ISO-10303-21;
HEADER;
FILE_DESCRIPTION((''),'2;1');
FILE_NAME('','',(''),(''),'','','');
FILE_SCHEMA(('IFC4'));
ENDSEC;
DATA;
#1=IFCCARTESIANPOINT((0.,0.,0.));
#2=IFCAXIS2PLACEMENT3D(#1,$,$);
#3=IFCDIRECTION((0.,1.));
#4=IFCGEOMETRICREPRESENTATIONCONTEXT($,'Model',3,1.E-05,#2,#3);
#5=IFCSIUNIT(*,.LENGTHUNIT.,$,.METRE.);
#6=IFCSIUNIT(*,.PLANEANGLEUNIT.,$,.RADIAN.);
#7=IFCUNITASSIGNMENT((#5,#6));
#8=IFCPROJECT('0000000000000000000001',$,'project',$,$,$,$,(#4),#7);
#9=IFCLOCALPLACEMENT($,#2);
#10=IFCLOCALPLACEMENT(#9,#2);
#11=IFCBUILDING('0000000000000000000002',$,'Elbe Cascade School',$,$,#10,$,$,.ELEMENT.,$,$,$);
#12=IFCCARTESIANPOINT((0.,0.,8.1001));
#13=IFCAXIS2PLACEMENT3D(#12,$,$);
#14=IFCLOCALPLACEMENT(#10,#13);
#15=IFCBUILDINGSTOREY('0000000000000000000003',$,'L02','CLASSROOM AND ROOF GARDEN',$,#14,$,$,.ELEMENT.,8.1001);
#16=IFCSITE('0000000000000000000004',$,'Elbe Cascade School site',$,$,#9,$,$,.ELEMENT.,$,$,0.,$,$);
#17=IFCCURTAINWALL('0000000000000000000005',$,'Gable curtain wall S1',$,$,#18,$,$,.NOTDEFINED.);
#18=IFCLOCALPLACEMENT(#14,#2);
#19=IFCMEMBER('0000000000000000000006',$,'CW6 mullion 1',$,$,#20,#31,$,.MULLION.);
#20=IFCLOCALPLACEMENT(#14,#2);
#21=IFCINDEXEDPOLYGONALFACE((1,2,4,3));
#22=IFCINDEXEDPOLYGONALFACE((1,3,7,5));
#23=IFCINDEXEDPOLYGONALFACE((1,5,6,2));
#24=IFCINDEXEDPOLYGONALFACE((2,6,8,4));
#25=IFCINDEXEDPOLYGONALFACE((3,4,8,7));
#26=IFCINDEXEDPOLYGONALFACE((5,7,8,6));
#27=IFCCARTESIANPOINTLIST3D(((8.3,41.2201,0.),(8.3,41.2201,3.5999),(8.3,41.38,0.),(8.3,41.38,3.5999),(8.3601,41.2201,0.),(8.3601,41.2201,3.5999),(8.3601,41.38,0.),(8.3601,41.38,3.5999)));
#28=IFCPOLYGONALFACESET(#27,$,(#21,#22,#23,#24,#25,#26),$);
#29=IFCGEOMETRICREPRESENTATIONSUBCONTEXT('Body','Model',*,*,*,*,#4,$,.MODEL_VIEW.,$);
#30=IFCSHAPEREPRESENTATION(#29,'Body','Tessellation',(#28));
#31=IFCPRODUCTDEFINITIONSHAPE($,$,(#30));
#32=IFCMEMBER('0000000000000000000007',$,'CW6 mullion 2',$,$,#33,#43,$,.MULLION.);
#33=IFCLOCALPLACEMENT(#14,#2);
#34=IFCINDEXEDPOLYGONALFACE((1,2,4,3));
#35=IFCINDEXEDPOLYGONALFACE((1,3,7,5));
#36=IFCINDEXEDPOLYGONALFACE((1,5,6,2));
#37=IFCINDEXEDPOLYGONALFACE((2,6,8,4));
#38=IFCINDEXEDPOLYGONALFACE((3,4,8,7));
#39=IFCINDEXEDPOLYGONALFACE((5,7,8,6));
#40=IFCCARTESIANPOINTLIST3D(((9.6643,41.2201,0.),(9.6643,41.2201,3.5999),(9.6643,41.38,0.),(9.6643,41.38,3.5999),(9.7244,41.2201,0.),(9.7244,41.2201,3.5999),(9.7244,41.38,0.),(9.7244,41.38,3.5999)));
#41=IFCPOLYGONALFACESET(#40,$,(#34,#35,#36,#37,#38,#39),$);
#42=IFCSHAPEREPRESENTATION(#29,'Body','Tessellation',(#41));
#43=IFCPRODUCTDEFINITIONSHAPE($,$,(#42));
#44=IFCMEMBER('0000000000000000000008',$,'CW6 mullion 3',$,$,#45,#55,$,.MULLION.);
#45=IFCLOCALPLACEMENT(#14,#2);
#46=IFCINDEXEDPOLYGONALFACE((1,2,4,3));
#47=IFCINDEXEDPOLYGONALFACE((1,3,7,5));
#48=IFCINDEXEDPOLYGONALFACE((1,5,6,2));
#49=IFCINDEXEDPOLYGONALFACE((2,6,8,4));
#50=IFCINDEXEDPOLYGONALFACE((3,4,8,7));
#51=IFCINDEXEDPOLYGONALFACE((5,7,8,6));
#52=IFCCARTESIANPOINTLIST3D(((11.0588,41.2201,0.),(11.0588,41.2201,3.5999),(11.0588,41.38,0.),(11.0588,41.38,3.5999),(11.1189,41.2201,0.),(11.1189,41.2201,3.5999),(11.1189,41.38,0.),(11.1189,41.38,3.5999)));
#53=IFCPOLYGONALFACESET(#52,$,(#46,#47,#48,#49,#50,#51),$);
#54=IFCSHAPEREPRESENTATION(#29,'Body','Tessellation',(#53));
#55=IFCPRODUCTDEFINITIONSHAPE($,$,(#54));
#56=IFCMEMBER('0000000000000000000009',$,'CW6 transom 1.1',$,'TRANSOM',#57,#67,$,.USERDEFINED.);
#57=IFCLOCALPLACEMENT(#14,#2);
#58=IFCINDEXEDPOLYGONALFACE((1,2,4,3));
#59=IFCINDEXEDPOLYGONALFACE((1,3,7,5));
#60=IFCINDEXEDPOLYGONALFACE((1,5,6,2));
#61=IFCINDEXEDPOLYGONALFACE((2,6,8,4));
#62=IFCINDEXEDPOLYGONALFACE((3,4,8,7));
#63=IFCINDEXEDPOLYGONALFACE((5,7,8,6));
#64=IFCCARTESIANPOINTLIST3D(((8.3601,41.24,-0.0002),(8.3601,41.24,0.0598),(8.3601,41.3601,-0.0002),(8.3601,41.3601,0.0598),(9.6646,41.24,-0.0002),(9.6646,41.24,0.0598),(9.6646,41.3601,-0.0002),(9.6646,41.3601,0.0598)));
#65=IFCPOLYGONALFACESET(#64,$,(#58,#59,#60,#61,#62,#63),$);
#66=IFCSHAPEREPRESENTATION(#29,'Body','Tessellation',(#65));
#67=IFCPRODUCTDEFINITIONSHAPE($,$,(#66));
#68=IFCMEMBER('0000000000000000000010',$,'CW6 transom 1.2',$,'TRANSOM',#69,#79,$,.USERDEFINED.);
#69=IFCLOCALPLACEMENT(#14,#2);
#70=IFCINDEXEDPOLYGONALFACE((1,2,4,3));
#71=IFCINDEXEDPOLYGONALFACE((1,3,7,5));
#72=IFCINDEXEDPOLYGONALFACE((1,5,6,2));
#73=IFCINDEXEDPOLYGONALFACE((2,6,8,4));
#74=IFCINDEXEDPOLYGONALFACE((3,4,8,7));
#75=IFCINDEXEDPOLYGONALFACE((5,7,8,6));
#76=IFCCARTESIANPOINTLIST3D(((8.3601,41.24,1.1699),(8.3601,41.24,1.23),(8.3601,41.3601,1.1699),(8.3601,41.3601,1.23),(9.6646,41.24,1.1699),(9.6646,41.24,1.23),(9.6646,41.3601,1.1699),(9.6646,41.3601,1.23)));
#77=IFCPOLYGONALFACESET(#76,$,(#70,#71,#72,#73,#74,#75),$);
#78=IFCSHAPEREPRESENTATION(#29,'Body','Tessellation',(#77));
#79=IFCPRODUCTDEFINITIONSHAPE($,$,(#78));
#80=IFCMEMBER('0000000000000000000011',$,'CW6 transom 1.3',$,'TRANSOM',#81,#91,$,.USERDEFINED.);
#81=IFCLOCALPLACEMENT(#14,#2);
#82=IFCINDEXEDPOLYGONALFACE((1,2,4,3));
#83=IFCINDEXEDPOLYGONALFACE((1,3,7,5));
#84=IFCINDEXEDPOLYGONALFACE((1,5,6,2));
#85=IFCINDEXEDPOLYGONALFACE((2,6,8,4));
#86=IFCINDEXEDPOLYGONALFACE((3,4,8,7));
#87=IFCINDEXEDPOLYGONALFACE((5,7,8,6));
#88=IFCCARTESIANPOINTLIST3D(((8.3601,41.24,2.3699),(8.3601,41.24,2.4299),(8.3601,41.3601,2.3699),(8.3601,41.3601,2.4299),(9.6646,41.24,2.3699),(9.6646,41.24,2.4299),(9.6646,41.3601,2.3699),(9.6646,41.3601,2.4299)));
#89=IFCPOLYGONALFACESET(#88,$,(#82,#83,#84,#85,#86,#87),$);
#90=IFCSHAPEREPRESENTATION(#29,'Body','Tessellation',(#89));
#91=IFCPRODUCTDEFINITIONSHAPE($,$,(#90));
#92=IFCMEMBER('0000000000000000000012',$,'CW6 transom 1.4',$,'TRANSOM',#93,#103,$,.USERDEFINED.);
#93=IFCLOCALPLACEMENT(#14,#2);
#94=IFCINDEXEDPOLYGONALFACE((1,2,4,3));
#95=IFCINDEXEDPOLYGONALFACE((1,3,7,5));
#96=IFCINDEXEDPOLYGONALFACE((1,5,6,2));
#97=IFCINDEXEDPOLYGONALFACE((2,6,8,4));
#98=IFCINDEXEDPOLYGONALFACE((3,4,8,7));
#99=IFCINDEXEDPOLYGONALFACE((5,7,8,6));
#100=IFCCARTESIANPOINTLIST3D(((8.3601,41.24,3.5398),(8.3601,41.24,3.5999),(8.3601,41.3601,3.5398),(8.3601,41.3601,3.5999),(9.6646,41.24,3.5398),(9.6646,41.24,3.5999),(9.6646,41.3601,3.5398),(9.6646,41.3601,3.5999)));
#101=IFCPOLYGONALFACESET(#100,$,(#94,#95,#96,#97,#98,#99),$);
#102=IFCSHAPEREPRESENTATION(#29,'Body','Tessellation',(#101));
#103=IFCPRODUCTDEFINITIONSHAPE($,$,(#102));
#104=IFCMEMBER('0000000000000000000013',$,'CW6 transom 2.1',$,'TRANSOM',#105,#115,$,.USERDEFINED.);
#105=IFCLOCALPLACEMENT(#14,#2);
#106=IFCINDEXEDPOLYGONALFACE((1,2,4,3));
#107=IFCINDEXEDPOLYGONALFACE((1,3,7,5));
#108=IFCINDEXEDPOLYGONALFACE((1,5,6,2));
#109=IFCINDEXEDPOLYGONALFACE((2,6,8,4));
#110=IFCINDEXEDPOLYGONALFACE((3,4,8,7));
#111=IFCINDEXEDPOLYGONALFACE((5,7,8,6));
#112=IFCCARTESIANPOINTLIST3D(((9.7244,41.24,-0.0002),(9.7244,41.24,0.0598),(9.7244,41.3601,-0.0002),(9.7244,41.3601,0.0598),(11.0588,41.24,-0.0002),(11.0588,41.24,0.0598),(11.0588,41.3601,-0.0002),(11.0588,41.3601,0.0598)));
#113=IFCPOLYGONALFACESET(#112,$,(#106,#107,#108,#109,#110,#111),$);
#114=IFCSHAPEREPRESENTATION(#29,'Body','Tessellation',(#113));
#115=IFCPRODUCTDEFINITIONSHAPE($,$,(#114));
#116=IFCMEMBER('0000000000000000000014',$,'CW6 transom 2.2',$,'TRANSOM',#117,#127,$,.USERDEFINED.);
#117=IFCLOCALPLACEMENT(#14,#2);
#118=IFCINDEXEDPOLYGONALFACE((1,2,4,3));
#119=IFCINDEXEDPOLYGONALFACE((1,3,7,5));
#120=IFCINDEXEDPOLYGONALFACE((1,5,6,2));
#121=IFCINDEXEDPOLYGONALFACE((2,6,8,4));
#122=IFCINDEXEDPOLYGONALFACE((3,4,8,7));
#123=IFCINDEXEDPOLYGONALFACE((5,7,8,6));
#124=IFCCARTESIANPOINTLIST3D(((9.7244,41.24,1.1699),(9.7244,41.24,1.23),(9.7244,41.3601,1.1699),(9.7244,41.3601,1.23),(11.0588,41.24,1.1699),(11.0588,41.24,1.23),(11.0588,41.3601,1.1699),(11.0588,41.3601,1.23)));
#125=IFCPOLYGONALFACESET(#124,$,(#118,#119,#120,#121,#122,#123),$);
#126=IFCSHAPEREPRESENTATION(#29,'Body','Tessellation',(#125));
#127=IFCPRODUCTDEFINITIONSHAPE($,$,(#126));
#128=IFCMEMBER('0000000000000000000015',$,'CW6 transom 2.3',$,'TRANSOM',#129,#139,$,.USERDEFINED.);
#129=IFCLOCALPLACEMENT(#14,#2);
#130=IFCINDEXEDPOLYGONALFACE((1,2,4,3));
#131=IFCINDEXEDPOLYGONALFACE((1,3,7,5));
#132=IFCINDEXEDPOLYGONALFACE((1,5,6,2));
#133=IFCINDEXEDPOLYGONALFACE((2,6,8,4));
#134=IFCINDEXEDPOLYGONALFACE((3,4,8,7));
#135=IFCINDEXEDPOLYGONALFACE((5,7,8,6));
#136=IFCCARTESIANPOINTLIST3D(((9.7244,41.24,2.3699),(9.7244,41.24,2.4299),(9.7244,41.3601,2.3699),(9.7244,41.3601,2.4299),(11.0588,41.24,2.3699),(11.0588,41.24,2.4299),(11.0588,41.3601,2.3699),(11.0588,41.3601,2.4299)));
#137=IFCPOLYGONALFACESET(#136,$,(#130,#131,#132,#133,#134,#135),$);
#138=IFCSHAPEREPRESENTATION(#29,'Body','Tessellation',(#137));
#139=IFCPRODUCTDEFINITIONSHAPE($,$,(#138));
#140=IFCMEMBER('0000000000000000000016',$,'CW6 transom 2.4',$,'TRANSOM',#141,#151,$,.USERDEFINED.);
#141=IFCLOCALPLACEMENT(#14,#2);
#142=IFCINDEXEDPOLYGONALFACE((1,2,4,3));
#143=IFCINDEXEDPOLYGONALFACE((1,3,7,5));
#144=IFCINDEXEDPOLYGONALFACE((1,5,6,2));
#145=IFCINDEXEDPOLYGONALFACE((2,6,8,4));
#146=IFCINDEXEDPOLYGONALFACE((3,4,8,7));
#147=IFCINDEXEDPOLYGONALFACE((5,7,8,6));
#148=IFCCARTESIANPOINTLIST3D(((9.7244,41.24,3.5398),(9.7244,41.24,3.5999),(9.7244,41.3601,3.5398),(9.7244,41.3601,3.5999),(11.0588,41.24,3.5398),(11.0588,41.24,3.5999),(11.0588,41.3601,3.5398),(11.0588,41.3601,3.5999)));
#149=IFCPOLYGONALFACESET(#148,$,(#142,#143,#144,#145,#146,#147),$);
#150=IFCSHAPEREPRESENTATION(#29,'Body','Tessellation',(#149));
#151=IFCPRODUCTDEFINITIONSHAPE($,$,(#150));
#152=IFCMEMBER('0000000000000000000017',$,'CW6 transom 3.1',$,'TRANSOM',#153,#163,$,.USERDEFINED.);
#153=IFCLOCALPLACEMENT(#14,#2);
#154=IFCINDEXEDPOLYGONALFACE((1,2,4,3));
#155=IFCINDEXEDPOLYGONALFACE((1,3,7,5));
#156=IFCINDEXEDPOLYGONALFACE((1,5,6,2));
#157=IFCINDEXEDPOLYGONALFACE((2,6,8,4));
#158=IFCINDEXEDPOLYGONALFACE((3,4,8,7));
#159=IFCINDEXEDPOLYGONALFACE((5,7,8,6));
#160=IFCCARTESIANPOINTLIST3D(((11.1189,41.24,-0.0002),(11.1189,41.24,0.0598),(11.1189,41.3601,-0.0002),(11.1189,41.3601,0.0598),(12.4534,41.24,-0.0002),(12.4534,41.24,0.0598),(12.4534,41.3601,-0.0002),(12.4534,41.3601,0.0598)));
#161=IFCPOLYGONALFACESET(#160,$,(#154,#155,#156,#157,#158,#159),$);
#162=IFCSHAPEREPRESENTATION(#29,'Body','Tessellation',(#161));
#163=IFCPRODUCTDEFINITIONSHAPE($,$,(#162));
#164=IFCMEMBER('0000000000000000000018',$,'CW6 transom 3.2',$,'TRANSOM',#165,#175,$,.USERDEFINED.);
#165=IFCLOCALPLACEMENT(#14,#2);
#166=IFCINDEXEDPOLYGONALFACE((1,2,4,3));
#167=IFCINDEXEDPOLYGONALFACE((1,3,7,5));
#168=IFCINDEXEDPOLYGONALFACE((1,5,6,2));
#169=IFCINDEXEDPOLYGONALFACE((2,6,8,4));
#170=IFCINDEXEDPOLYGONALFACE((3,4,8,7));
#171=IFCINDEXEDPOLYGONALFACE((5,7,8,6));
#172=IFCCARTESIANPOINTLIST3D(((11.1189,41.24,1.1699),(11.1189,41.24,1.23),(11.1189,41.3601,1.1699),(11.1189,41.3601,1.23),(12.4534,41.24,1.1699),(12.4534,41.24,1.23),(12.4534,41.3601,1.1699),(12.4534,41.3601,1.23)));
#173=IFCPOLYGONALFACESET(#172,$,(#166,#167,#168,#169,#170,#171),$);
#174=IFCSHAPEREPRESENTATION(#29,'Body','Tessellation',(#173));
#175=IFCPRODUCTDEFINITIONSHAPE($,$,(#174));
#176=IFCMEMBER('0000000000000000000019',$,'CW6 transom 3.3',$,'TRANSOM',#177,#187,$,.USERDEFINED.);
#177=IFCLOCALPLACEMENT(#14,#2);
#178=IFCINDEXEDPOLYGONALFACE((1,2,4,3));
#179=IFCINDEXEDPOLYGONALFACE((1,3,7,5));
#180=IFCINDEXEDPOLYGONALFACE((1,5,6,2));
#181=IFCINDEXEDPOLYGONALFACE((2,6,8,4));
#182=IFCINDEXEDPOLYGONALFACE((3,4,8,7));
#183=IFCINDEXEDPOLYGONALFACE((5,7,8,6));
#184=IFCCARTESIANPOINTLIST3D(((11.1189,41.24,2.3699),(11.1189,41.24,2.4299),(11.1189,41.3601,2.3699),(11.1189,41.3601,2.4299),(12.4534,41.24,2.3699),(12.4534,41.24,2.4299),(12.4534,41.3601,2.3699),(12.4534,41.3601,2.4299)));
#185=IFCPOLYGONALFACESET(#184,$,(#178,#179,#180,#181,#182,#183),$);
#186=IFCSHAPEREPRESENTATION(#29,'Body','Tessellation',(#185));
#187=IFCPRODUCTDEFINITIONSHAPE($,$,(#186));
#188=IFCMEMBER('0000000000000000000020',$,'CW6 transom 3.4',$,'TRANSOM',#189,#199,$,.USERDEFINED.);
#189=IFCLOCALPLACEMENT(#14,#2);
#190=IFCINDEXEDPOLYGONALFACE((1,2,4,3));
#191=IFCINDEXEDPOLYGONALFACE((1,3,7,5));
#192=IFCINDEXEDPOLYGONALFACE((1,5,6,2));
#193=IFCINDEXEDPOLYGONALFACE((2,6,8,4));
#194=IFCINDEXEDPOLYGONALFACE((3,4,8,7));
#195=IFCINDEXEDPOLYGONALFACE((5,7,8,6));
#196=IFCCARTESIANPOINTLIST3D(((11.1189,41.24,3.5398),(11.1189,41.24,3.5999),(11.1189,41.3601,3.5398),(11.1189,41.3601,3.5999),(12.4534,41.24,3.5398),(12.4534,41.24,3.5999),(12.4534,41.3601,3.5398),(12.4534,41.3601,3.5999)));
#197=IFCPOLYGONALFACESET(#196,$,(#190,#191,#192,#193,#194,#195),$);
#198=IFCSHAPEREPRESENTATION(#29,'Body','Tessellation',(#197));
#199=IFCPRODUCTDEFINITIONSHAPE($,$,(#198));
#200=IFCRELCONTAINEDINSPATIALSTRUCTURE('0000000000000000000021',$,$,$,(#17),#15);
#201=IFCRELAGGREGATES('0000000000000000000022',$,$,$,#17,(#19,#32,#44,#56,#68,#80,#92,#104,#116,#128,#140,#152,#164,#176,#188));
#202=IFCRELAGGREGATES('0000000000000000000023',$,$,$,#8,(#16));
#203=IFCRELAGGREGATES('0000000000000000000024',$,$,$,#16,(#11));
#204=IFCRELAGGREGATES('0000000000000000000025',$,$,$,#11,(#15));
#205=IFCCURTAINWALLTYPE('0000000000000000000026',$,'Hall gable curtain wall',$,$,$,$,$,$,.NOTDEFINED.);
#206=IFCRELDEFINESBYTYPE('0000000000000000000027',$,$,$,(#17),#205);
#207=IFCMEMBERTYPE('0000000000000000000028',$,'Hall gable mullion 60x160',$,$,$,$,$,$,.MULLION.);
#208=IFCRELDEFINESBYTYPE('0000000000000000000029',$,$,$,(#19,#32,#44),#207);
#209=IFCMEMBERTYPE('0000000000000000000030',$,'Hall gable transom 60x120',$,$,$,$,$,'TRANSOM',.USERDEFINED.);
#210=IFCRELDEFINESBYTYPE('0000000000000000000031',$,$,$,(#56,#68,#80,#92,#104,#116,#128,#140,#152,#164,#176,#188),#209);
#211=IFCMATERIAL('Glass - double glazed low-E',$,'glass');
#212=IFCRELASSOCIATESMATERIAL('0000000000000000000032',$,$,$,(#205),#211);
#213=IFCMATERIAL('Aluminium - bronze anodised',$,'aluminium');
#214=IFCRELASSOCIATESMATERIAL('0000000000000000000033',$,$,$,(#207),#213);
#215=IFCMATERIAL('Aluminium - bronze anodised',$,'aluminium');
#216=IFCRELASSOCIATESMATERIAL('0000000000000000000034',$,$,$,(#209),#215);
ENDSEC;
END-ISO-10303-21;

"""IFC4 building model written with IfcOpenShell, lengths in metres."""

from ifc_helpers import new_model, si_unit, direction, frame, origin, origin_2d, place, context, subcontext, project, spatial, rectangle, extrude, material, material_profile, profile_set, type_object, element, aggregate, save


model = new_model("IFC4")

# Units and contexts
model_context = context("Model", 3, precision=1e-05, world=origin(), true_north=direction((0.0, 1.0)))
body_context = subcontext(model_context, "Body", "Model", "MODEL_VIEW")
ifc_project = project(units=[si_unit("LENGTHUNIT", "METRE"), si_unit("PLANEANGLEUNIT", "RADIAN")], contexts=[model_context])

# Site, building, storey
site_placement = place(None, origin())
site = spatial("IfcSite", under=ifc_project, at=site_placement, Name="Elbe Cascade School site", CompositionType="ELEMENT", RefElevation=0.0)
building_placement = place(site_placement, origin())
building = spatial("IfcBuilding", under=site, at=building_placement, Name="Elbe Cascade School", CompositionType="ELEMENT")
storey_placement = place(building_placement, frame((0.0, 0.0, 8.1001)))
storey = spatial("IfcBuildingStorey", under=building, at=storey_placement, Name="L02", Description="CLASSROOM AND ROOF GARDEN", CompositionType="ELEMENT", Elevation=8.1001)

# Curtain wall, members
ifc_material_1 = material(Name="Glass - double glazed low-E", Category="glass")
curtain_wall_type = type_object("IfcCurtainWallType", Name="Hall gable curtain wall", PredefinedType="NOTDEFINED", material=ifc_material_1)
curtain_wall_placement = place(storey_placement, origin())
curtain_wall = element("IfcCurtainWall", 1, at=curtain_wall_placement, inside=storey, type_object=curtain_wall_type, Name="Gable curtain wall S1", PredefinedType="NOTDEFINED")
ifc_material_2 = material(Name="Aluminium - bronze anodised", Category="aluminium")
ifc_material_profile_1 = material_profile(ifc_material_2, rectangle(XDim=0.1599, YDim=0.0601, at=origin_2d()), Name="Alu 60x160")
ifc_profile_set_1 = profile_set([ifc_material_profile_1], Name="Aluminium - bronze anodised")
member_type_1 = type_object("IfcMemberType", Name="Hall gable mullion 60x160", PredefinedType="MULLION", material=ifc_profile_set_1)
member_1_placement = place(storey_placement, frame((8.3301, 41.3, 0.0), z_axis=(0.0, 0.0, 1.0), x_axis=(0.0, 1.0, 0.0)))
member_1 = element("IfcMember", 2, at=member_1_placement, type_object=member_type_1, Name="CW6 mullion 1", PredefinedType="MULLION", context=body_context, shape_type="SweptSolid", body=[
    extrude(rectangle(XDim=0.1599, YDim=0.0601, at=origin_2d()), origin(), (0.0, 0.0, 1.0), 3.5999),
])
member_2_placement = place(storey_placement, frame((9.6943, 41.3, 0.0), z_axis=(0.0, 0.0, 1.0), x_axis=(0.0, 1.0, 0.0)))
member_2 = element("IfcMember", 3, at=member_2_placement, type_object=member_type_1, Name="CW6 mullion 2", PredefinedType="MULLION", context=body_context, shape_type="SweptSolid", body=[
    extrude(rectangle(XDim=0.1599, YDim=0.0601, at=origin_2d()), origin(), (0.0, 0.0, 1.0), 3.5999),
])
member_3_placement = place(storey_placement, frame((11.0889, 41.3, 0.0), z_axis=(0.0, 0.0, 1.0), x_axis=(0.0, 1.0, 0.0)))
member_3 = element("IfcMember", 4, at=member_3_placement, type_object=member_type_1, Name="CW6 mullion 3", PredefinedType="MULLION", context=body_context, shape_type="SweptSolid", body=[
    extrude(rectangle(XDim=0.1599, YDim=0.0601, at=origin_2d()), origin(), (0.0, 0.0, 1.0), 3.5999),
])
ifc_material_3 = material(Name="Aluminium - bronze anodised", Category="aluminium")
ifc_material_profile_2 = material_profile(ifc_material_3, rectangle(XDim=0.1201, YDim=0.0601, at=origin_2d()), Name="Alu 60x120")
ifc_profile_set_2 = profile_set([ifc_material_profile_2], Name="Aluminium - bronze anodised")
member_type_2 = type_object("IfcMemberType", Name="Hall gable transom 60x120", ElementType="TRANSOM", PredefinedType="USERDEFINED", material=ifc_profile_set_2)
member_4_placement = place(storey_placement, frame((8.3601, 41.3, 0.0298), z_axis=(1.0, 0.0, 0.0), x_axis=(0.0, 1.0, 0.0)))
member_4 = element("IfcMember", 5, at=member_4_placement, type_object=member_type_2, Name="CW6 transom 1.1", ObjectType="TRANSOM", PredefinedType="USERDEFINED", context=body_context, shape_type="SweptSolid", body=[
    extrude(rectangle(XDim=0.1201, YDim=0.0601, at=origin_2d()), origin(), (0.0, 0.0, 1.0), 1.3044),
])
member_5_placement = place(storey_placement, frame((8.3601, 41.3, 1.2), z_axis=(1.0, 0.0, 0.0), x_axis=(0.0, 1.0, 0.0)))
member_5 = element("IfcMember", 6, at=member_5_placement, type_object=member_type_2, Name="CW6 transom 1.2", ObjectType="TRANSOM", PredefinedType="USERDEFINED", context=body_context, shape_type="SweptSolid", body=[
    extrude(rectangle(XDim=0.1201, YDim=0.0601, at=origin_2d()), origin(), (0.0, 0.0, 1.0), 1.3044),
])
member_6_placement = place(storey_placement, frame((8.3601, 41.3, 2.3999), z_axis=(1.0, 0.0, 0.0), x_axis=(0.0, 1.0, 0.0)))
member_6 = element("IfcMember", 7, at=member_6_placement, type_object=member_type_2, Name="CW6 transom 1.3", ObjectType="TRANSOM", PredefinedType="USERDEFINED", context=body_context, shape_type="SweptSolid", body=[
    extrude(rectangle(XDim=0.1201, YDim=0.0601, at=origin_2d()), origin(), (0.0, 0.0, 1.0), 1.3044),
])
member_7_placement = place(storey_placement, frame((8.3601, 41.3, 3.5698), z_axis=(1.0, 0.0, 0.0), x_axis=(0.0, 1.0, 0.0)))
member_7 = element("IfcMember", 8, at=member_7_placement, type_object=member_type_2, Name="CW6 transom 1.4", ObjectType="TRANSOM", PredefinedType="USERDEFINED", context=body_context, shape_type="SweptSolid", body=[
    extrude(rectangle(XDim=0.1201, YDim=0.0601, at=origin_2d()), origin(), (0.0, 0.0, 1.0), 1.3044),
])
member_8_placement = place(storey_placement, frame((9.7244, 41.3, 0.0298), z_axis=(1.0, 0.0, 0.0), x_axis=(0.0, 1.0, 0.0)))
member_8 = element("IfcMember", 9, at=member_8_placement, type_object=member_type_2, Name="CW6 transom 2.1", ObjectType="TRANSOM", PredefinedType="USERDEFINED", context=body_context, shape_type="SweptSolid", body=[
    extrude(rectangle(XDim=0.1201, YDim=0.0601, at=origin_2d()), origin(), (0.0, 0.0, 1.0), 1.3345),
])
member_9_placement = place(storey_placement, frame((9.7244, 41.3, 1.2), z_axis=(1.0, 0.0, 0.0), x_axis=(0.0, 1.0, 0.0)))
member_9 = element("IfcMember", 10, at=member_9_placement, type_object=member_type_2, Name="CW6 transom 2.2", ObjectType="TRANSOM", PredefinedType="USERDEFINED", context=body_context, shape_type="SweptSolid", body=[
    extrude(rectangle(XDim=0.1201, YDim=0.0601, at=origin_2d()), origin(), (0.0, 0.0, 1.0), 1.3345),
])
member_10_placement = place(storey_placement, frame((9.7244, 41.3, 2.3999), z_axis=(1.0, 0.0, 0.0), x_axis=(0.0, 1.0, 0.0)))
member_10 = element("IfcMember", 11, at=member_10_placement, type_object=member_type_2, Name="CW6 transom 2.3", ObjectType="TRANSOM", PredefinedType="USERDEFINED", context=body_context, shape_type="SweptSolid", body=[
    extrude(rectangle(XDim=0.1201, YDim=0.0601, at=origin_2d()), origin(), (0.0, 0.0, 1.0), 1.3345),
])
member_11_placement = place(storey_placement, frame((9.7244, 41.3, 3.5698), z_axis=(1.0, 0.0, 0.0), x_axis=(0.0, 1.0, 0.0)))
member_11 = element("IfcMember", 12, at=member_11_placement, type_object=member_type_2, Name="CW6 transom 2.4", ObjectType="TRANSOM", PredefinedType="USERDEFINED", context=body_context, shape_type="SweptSolid", body=[
    extrude(rectangle(XDim=0.1201, YDim=0.0601, at=origin_2d()), origin(), (0.0, 0.0, 1.0), 1.3345),
])
member_12_placement = place(storey_placement, frame((11.1189, 41.3, 0.0298), z_axis=(1.0, 0.0, 0.0), x_axis=(0.0, 1.0, 0.0)))
member_12 = element("IfcMember", 13, at=member_12_placement, type_object=member_type_2, Name="CW6 transom 3.1", ObjectType="TRANSOM", PredefinedType="USERDEFINED", context=body_context, shape_type="SweptSolid", body=[
    extrude(rectangle(XDim=0.1201, YDim=0.0601, at=origin_2d()), origin(), (0.0, 0.0, 1.0), 1.3345),
])
member_13_placement = place(storey_placement, frame((11.1189, 41.3, 1.2), z_axis=(1.0, 0.0, 0.0), x_axis=(0.0, 1.0, 0.0)))
member_13 = element("IfcMember", 14, at=member_13_placement, type_object=member_type_2, Name="CW6 transom 3.2", ObjectType="TRANSOM", PredefinedType="USERDEFINED", context=body_context, shape_type="SweptSolid", body=[
    extrude(rectangle(XDim=0.1201, YDim=0.0601, at=origin_2d()), origin(), (0.0, 0.0, 1.0), 1.3345),
])
member_14_placement = place(storey_placement, frame((11.1189, 41.3, 2.3999), z_axis=(1.0, 0.0, 0.0), x_axis=(0.0, 1.0, 0.0)))
member_14 = element("IfcMember", 15, at=member_14_placement, type_object=member_type_2, Name="CW6 transom 3.3", ObjectType="TRANSOM", PredefinedType="USERDEFINED", context=body_context, shape_type="SweptSolid", body=[
    extrude(rectangle(XDim=0.1201, YDim=0.0601, at=origin_2d()), origin(), (0.0, 0.0, 1.0), 1.3345),
])
member_15_placement = place(storey_placement, frame((11.1189, 41.3, 3.5698), z_axis=(1.0, 0.0, 0.0), x_axis=(0.0, 1.0, 0.0)))
member_15 = element("IfcMember", 16, at=member_15_placement, type_object=member_type_2, Name="CW6 transom 3.4", ObjectType="TRANSOM", PredefinedType="USERDEFINED", context=body_context, shape_type="SweptSolid", body=[
    extrude(rectangle(XDim=0.1201, YDim=0.0601, at=origin_2d()), origin(), (0.0, 0.0, 1.0), 1.3345),
])

aggregate(curtain_wall, [member_1, member_2, member_3, member_4, member_5, member_6, member_7, member_8, member_9, member_10, member_11, member_12, member_13, member_14, member_15])

save(model, "model.ifc")
